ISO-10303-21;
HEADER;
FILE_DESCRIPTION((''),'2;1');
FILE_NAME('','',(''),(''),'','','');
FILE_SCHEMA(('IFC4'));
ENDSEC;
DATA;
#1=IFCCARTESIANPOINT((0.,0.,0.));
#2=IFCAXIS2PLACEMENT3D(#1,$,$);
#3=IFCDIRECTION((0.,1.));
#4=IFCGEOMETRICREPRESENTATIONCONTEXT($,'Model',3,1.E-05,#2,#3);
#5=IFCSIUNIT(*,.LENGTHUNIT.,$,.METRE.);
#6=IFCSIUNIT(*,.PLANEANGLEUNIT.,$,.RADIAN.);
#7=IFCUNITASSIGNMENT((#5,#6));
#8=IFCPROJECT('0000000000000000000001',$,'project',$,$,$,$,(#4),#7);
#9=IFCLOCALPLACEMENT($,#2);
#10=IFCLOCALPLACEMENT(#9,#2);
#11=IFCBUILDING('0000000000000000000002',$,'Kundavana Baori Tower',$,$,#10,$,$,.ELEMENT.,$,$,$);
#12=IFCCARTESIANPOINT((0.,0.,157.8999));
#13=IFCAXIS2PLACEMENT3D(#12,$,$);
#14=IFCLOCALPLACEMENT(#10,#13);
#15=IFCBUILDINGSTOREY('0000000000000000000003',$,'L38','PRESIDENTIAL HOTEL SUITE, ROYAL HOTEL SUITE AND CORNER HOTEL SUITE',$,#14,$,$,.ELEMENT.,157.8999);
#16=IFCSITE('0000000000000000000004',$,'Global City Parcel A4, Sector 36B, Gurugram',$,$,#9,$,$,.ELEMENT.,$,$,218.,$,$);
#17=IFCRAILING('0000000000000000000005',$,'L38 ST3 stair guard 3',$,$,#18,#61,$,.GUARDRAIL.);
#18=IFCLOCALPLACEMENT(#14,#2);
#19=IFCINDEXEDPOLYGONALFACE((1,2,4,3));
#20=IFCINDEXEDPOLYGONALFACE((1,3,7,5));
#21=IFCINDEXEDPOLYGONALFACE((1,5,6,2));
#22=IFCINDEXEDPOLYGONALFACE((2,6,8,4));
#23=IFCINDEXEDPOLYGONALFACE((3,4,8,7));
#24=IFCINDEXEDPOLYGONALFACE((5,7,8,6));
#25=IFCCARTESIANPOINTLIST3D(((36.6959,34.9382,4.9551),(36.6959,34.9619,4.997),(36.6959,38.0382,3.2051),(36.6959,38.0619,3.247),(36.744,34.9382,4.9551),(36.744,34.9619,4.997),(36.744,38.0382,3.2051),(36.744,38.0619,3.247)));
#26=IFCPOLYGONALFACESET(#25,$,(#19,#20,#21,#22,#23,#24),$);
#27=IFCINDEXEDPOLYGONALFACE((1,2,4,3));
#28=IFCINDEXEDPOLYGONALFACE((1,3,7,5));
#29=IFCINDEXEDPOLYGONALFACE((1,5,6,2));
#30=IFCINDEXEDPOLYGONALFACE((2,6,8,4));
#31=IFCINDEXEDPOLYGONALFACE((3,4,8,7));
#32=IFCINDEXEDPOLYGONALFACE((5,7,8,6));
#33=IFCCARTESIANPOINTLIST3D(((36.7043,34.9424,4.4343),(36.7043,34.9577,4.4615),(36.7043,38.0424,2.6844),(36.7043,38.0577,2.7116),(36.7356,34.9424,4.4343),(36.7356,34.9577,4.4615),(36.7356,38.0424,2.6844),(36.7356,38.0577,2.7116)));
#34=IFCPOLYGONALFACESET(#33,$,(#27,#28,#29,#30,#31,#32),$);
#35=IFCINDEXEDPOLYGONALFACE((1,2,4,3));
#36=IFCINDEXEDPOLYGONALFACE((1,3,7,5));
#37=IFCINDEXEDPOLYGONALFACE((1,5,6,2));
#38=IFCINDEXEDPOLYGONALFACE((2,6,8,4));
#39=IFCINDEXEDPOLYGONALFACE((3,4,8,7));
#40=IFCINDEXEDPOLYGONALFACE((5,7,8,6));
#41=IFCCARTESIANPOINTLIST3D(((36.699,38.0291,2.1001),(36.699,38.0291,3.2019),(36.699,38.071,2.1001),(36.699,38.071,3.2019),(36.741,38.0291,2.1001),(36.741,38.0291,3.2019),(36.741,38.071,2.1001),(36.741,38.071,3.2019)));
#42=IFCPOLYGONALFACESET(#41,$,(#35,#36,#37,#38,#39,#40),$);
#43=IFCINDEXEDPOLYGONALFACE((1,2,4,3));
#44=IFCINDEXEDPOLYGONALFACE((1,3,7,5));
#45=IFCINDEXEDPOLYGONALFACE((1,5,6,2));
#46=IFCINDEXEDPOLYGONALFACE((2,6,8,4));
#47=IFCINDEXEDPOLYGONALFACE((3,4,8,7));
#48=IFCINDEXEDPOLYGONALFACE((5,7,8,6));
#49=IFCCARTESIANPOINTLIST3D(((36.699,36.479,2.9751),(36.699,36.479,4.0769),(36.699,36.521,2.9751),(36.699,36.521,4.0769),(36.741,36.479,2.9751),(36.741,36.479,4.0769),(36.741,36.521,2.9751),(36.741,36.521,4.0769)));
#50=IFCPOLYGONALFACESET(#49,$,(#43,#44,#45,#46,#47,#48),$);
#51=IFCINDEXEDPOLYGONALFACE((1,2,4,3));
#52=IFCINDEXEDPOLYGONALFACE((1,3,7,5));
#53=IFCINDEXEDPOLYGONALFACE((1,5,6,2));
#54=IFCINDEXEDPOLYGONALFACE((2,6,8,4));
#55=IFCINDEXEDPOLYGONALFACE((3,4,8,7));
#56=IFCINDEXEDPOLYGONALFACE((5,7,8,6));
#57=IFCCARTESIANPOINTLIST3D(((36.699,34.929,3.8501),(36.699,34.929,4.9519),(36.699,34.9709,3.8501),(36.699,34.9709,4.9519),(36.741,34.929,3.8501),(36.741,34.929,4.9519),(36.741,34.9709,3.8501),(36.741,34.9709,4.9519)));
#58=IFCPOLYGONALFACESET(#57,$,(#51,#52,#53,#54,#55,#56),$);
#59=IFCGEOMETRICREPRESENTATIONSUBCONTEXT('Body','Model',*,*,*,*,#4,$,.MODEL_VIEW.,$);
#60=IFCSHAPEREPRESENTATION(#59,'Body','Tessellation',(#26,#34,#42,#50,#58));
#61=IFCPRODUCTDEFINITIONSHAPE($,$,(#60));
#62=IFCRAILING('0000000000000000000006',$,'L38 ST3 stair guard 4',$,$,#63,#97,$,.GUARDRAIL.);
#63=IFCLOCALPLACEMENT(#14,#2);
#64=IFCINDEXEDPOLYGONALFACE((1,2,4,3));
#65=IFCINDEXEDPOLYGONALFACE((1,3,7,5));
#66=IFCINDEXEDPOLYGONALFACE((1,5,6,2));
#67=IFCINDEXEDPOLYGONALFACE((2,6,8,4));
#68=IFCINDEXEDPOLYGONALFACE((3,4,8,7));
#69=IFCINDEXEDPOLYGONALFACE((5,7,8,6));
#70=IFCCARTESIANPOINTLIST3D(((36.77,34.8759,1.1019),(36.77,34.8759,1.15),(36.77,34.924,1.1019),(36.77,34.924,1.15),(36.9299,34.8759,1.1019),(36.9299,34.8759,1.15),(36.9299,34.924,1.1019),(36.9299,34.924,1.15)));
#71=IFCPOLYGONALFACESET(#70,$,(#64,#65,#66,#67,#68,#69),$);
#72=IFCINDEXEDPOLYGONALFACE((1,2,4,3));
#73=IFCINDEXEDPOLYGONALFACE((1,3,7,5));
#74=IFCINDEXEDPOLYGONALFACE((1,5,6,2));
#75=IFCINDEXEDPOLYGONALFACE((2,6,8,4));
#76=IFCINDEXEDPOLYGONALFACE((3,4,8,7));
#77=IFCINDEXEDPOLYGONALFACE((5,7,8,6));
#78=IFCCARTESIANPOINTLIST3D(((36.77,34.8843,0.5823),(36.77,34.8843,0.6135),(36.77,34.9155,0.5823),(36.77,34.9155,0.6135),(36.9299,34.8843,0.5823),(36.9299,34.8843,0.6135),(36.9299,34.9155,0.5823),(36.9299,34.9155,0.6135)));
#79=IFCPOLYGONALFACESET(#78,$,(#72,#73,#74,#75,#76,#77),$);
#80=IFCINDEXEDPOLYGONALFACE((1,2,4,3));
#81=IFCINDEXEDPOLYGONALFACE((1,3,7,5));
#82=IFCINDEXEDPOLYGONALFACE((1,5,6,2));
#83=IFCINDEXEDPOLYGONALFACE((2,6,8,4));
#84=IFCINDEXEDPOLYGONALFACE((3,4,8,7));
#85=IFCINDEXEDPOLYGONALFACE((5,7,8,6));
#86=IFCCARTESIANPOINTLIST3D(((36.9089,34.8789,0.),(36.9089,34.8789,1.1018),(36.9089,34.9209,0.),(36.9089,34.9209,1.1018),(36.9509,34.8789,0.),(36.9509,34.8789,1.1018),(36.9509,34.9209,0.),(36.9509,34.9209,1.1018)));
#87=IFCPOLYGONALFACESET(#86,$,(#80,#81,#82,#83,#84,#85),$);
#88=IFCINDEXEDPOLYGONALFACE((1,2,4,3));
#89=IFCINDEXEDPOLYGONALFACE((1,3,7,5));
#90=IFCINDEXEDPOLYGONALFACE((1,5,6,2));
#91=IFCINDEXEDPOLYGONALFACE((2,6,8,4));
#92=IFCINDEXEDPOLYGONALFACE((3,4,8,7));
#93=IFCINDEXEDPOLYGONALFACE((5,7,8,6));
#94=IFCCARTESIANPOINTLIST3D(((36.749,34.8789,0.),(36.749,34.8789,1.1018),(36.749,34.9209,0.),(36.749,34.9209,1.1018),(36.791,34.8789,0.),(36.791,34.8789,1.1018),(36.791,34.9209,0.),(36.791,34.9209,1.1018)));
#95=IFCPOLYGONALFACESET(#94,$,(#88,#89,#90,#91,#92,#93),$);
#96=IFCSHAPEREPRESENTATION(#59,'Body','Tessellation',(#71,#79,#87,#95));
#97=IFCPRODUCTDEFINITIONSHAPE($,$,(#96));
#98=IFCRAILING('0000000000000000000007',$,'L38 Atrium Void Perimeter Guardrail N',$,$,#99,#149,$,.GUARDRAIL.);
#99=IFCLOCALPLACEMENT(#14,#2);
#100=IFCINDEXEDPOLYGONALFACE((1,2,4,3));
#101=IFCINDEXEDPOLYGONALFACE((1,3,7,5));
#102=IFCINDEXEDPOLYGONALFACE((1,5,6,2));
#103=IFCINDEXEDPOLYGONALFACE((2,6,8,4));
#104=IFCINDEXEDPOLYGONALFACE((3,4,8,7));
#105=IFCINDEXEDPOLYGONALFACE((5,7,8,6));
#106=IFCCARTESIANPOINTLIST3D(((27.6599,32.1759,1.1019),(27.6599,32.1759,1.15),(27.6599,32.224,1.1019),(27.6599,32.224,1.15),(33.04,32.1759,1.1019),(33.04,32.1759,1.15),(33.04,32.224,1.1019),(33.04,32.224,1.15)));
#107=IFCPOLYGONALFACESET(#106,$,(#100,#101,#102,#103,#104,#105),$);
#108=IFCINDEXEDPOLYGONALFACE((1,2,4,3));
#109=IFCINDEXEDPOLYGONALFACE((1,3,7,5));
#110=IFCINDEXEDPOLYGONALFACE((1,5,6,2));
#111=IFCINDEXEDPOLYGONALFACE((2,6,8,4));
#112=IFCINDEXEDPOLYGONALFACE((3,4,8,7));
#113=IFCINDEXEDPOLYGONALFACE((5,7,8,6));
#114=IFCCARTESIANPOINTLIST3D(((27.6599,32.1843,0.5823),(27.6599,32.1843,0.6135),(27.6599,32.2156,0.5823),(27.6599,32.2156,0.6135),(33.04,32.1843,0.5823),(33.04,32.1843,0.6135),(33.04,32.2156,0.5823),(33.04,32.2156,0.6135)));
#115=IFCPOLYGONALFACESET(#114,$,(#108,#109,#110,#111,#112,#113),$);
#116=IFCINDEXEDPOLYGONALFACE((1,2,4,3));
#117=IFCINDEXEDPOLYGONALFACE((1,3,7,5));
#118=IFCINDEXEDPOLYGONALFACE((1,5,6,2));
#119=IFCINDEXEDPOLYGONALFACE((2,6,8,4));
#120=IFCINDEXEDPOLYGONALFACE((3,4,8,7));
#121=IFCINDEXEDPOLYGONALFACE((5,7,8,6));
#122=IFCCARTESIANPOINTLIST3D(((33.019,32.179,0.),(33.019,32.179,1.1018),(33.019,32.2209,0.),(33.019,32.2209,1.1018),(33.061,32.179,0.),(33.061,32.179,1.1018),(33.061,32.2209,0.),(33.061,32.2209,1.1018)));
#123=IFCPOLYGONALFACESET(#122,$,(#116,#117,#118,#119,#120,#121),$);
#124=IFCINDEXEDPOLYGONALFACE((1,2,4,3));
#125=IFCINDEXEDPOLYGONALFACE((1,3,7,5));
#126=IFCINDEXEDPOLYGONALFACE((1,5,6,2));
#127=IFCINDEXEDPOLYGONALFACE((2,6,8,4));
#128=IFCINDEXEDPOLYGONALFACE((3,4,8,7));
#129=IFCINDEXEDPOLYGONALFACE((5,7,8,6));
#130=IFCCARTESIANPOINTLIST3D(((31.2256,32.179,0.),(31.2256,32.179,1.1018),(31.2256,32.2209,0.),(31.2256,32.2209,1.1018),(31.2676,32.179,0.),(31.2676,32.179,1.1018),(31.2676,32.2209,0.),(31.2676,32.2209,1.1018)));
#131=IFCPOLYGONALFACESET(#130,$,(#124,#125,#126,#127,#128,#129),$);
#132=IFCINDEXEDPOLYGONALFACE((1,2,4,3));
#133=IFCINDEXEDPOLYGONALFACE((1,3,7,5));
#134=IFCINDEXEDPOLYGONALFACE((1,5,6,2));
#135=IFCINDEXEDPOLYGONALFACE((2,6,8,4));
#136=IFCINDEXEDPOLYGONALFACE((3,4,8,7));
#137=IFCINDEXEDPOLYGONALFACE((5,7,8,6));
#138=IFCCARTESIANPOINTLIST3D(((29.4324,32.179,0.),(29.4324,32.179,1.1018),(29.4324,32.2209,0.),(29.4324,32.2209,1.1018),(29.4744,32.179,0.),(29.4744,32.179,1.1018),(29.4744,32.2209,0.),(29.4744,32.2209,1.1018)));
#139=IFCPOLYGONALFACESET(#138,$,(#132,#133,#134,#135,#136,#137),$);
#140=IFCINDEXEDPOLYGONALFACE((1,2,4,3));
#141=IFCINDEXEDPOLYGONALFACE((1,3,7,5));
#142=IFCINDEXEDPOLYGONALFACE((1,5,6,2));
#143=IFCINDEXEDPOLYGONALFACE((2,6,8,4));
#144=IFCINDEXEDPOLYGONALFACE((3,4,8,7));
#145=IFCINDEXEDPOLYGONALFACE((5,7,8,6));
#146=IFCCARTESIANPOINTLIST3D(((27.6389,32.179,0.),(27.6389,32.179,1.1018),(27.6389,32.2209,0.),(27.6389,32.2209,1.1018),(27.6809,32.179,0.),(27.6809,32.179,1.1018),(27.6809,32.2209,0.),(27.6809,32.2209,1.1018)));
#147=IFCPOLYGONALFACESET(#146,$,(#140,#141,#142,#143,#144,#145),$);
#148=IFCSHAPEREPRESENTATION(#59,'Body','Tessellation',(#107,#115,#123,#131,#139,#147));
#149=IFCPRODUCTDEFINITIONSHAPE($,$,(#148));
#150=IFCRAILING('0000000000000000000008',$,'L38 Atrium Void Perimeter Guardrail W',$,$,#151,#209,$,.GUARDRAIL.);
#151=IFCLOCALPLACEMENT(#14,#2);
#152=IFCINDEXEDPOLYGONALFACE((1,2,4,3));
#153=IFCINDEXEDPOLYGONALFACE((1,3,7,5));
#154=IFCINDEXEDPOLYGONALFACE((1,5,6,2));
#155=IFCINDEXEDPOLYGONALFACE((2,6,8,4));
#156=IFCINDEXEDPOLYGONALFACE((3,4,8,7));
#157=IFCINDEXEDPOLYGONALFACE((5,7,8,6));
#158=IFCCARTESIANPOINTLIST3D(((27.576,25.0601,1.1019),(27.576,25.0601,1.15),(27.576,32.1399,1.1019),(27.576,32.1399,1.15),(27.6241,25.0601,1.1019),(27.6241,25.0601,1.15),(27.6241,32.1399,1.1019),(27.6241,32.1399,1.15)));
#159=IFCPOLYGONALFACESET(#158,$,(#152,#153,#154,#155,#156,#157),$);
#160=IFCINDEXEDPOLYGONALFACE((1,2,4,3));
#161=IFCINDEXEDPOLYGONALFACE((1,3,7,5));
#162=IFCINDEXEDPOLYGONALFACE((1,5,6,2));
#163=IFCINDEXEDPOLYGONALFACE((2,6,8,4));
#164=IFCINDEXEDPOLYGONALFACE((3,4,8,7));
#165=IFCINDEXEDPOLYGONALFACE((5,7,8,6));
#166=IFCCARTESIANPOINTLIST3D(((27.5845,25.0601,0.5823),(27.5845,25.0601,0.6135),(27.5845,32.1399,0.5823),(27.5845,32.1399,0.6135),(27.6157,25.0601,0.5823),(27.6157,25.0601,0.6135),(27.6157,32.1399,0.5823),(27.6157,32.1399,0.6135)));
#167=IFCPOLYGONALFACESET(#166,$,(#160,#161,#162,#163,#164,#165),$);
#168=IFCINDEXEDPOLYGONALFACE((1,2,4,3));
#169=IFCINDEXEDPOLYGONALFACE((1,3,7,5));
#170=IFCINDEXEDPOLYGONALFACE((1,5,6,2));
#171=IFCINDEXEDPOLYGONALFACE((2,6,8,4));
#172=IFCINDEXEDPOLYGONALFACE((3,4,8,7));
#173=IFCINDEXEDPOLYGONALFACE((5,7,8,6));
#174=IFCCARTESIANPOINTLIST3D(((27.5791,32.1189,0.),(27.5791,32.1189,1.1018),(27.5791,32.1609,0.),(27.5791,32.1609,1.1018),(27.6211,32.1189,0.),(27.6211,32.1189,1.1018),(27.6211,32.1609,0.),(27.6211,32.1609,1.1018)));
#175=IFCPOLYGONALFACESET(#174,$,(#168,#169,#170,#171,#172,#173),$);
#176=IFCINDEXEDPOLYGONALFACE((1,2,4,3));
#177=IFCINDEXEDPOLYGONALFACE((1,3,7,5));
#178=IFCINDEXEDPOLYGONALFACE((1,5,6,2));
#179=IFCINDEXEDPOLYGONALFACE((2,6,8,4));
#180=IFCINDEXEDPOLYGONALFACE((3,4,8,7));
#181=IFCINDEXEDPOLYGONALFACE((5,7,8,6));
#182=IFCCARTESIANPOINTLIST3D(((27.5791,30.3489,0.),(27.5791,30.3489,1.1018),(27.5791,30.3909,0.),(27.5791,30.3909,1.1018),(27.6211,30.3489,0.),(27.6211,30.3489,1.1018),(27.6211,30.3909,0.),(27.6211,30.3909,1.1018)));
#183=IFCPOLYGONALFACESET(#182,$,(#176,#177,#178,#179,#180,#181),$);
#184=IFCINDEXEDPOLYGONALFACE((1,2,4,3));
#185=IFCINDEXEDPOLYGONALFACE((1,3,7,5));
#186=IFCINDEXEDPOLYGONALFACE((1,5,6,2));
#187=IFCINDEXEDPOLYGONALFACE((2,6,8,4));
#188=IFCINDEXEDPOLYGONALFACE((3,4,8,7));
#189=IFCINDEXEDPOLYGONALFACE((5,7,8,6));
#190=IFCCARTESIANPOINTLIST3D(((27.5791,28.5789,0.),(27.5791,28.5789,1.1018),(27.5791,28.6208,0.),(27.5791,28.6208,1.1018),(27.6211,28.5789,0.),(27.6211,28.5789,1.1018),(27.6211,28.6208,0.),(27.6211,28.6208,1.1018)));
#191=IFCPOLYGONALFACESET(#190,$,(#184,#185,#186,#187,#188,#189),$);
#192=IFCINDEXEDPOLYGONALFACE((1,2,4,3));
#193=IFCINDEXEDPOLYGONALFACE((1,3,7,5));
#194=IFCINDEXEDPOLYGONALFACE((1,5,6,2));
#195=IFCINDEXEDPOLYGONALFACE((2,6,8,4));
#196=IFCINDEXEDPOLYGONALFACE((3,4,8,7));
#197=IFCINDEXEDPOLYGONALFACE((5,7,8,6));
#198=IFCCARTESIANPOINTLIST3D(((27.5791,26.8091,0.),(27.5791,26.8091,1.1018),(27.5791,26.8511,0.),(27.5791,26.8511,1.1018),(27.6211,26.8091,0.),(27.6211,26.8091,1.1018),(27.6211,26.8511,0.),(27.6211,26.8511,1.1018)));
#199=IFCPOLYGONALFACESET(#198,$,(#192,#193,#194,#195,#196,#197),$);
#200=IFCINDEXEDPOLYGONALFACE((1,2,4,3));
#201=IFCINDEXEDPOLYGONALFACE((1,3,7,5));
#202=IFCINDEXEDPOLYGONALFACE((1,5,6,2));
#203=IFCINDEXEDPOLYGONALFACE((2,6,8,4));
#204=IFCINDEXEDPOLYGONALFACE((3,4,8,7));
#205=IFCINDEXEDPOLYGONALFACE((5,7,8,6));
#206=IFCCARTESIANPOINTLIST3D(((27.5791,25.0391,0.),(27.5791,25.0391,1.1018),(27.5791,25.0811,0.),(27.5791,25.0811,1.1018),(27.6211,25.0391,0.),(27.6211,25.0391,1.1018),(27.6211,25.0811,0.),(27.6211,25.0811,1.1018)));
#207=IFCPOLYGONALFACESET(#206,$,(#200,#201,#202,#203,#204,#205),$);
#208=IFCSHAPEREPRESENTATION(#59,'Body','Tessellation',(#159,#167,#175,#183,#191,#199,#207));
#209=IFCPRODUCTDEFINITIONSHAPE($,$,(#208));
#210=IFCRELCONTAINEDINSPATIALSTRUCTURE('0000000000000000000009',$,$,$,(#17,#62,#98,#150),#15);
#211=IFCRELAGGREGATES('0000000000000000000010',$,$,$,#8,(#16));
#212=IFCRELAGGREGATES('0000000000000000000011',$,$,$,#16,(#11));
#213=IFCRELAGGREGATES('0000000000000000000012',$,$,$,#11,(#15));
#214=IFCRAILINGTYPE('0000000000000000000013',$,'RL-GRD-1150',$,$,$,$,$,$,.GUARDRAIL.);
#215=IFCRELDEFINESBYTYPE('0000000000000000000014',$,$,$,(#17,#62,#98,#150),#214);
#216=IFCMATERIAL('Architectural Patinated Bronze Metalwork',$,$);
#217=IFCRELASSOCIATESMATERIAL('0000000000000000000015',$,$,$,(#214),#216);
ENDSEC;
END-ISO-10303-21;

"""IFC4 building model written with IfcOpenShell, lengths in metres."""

from ifc_helpers import new_model, si_unit, direction, frame, origin, origin_2d, place, context, subcontext, project, spatial, rectangle, extrude, material, type_object, element, save


model = new_model("IFC4")

# Units and contexts
model_context = context("Model", 3, precision=1e-05, world=origin(), true_north=direction((0.0, 1.0)))
body_context = subcontext(model_context, "Body", "Model", "MODEL_VIEW")
ifc_project = project(units=[si_unit("LENGTHUNIT", "METRE"), si_unit("PLANEANGLEUNIT", "RADIAN")], contexts=[model_context])

# Site, building, storey
site_placement = place(None, origin())
site = spatial("IfcSite", under=ifc_project, at=site_placement, Name="Global City Parcel A4, Sector 36B, Gurugram", CompositionType="ELEMENT", RefElevation=218.0)
building_placement = place(site_placement, origin())
building = spatial("IfcBuilding", under=site, at=building_placement, Name="Kundavana Baori Tower", CompositionType="ELEMENT")
storey_placement = place(building_placement, frame((0.0, 0.0, 157.8999)))
storey = spatial("IfcBuildingStorey", under=building, at=storey_placement, Name="L38", Description="PRESIDENTIAL HOTEL SUITE, ROYAL HOTEL SUITE AND CORNER HOTEL SUITE", CompositionType="ELEMENT", Elevation=157.8999)

# Railings
ifc_material_1 = material(Name="Architectural Patinated Bronze Metalwork")
railing_type_1 = type_object("IfcRailingType", Name="RL-GRD-1150", PredefinedType="GUARDRAIL", material=ifc_material_1)
railing_1_placement = place(storey_placement, frame((36.72, 38.05, 2.1001)))
element("IfcRailing", 1, at=railing_1_placement, inside=storey, type_object=railing_type_1, Name="L38 ST3 stair guard 3", PredefinedType="GUARDRAIL", context=body_context, shape_type="SweptSolid", body=[
    extrude(rectangle(XDim=0.0481, YDim=0.0481, at=origin_2d()), frame((0.0, 0.0, 1.126), z_axis=(0.0, -0.870831, 0.491583), x_axis=(1.0, 0.0, 0.0)), (0.0, 0.0, 1.0), 3.5598),
    extrude(rectangle(XDim=0.0312, YDim=0.0312, at=origin_2d()), frame((0.0, 0.0, 0.5979), z_axis=(0.0, -0.870831, 0.491583), x_axis=(1.0, 0.0, 0.0)), (0.0, 0.0, 1.0), 3.5598),
    extrude(rectangle(XDim=0.042, YDim=0.042, at=origin_2d()), origin(), (0.0, 0.0, 1.0), 1.1018),
    extrude(rectangle(XDim=0.042, YDim=0.042, at=origin_2d()), frame((0.0, -1.55, 0.875)), (0.0, 0.0, 1.0), 1.1018),
    extrude(rectangle(XDim=0.042, YDim=0.042, at=origin_2d()), frame((0.0, -3.1001, 1.75)), (0.0, 0.0, 1.0), 1.1018),
])
railing_2_placement = place(storey_placement, frame((36.9299, 34.8999, 0.0)))
element("IfcRailing", 2, at=railing_2_placement, inside=storey, type_object=railing_type_1, Name="L38 ST3 stair guard 4", PredefinedType="GUARDRAIL", context=body_context, shape_type="SweptSolid", body=[
    extrude(rectangle(XDim=0.0481, YDim=0.0481, at=origin_2d()), frame((0.0, 0.0, 1.126), z_axis=(-1.0, 0.0, 0.0), x_axis=(0.0, -1.0, 0.0)), (0.0, 0.0, 1.0), 0.1599),
    extrude(rectangle(XDim=0.0312, YDim=0.0312, at=origin_2d()), frame((0.0, 0.0, 0.5979), z_axis=(-1.0, 0.0, 0.0), x_axis=(0.0, -1.0, 0.0)), (0.0, 0.0, 1.0), 0.1599),
    extrude(rectangle(XDim=0.042, YDim=0.042, at=origin_2d()), origin(), (0.0, 0.0, 1.0), 1.1018),
    extrude(rectangle(XDim=0.042, YDim=0.042, at=origin_2d()), frame((-0.1599, 0.0, 0.0)), (0.0, 0.0, 1.0), 1.1018),
])
railing_3_placement = place(storey_placement, frame((33.04, 32.2, 0.0)))
element("IfcRailing", 3, at=railing_3_placement, inside=storey, type_object=railing_type_1, Name="L38 Atrium Void Perimeter Guardrail N", PredefinedType="GUARDRAIL", context=body_context, shape_type="SweptSolid", body=[
    extrude(rectangle(XDim=0.0481, YDim=0.0481, at=origin_2d()), frame((0.0, 0.0, 1.126), z_axis=(-1.0, 0.0, 0.0), x_axis=(0.0, -1.0, 0.0)), (0.0, 0.0, 1.0), 5.3801),
    extrude(rectangle(XDim=0.0312, YDim=0.0312, at=origin_2d()), frame((0.0, 0.0, 0.5979), z_axis=(-1.0, 0.0, 0.0), x_axis=(0.0, -1.0, 0.0)), (0.0, 0.0, 1.0), 5.3801),
    extrude(rectangle(XDim=0.042, YDim=0.042, at=origin_2d()), origin(), (0.0, 0.0, 1.0), 1.1018),
    extrude(rectangle(XDim=0.042, YDim=0.042, at=origin_2d()), frame((-1.7935, 0.0, 0.0)), (0.0, 0.0, 1.0), 1.1018),
    extrude(rectangle(XDim=0.042, YDim=0.042, at=origin_2d()), frame((-3.5867, 0.0, 0.0)), (0.0, 0.0, 1.0), 1.1018),
    extrude(rectangle(XDim=0.042, YDim=0.042, at=origin_2d()), frame((-5.3801, 0.0, 0.0)), (0.0, 0.0, 1.0), 1.1018),
])
railing_4_placement = place(storey_placement, frame((27.6001, 32.1399, 0.0)))
element("IfcRailing", 4, at=railing_4_placement, inside=storey, type_object=railing_type_1, Name="L38 Atrium Void Perimeter Guardrail W", PredefinedType="GUARDRAIL", context=body_context, shape_type="SweptSolid", body=[
    extrude(rectangle(XDim=0.0481, YDim=0.0481, at=origin_2d()), frame((0.0, 0.0, 1.126), z_axis=(0.0, -1.0, 0.0), x_axis=(1.0, 0.0, 0.0)), (0.0, 0.0, 1.0), 7.0798),
    extrude(rectangle(XDim=0.0312, YDim=0.0312, at=origin_2d()), frame((0.0, 0.0, 0.5979), z_axis=(0.0, -1.0, 0.0), x_axis=(1.0, 0.0, 0.0)), (0.0, 0.0, 1.0), 7.0798),
    extrude(rectangle(XDim=0.042, YDim=0.042, at=origin_2d()), origin(), (0.0, 0.0, 1.0), 1.1018),
    extrude(rectangle(XDim=0.042, YDim=0.042, at=origin_2d()), frame((0.0, -1.77, 0.0)), (0.0, 0.0, 1.0), 1.1018),
    extrude(rectangle(XDim=0.042, YDim=0.042, at=origin_2d()), frame((0.0, -3.54, 0.0)), (0.0, 0.0, 1.0), 1.1018),
    extrude(rectangle(XDim=0.042, YDim=0.042, at=origin_2d()), frame((0.0, -5.3098, 0.0)), (0.0, 0.0, 1.0), 1.1018),
    extrude(rectangle(XDim=0.042, YDim=0.042, at=origin_2d()), frame((0.0, -7.0798, 0.0)), (0.0, 0.0, 1.0), 1.1018),
])

save(model, "model.ifc")
